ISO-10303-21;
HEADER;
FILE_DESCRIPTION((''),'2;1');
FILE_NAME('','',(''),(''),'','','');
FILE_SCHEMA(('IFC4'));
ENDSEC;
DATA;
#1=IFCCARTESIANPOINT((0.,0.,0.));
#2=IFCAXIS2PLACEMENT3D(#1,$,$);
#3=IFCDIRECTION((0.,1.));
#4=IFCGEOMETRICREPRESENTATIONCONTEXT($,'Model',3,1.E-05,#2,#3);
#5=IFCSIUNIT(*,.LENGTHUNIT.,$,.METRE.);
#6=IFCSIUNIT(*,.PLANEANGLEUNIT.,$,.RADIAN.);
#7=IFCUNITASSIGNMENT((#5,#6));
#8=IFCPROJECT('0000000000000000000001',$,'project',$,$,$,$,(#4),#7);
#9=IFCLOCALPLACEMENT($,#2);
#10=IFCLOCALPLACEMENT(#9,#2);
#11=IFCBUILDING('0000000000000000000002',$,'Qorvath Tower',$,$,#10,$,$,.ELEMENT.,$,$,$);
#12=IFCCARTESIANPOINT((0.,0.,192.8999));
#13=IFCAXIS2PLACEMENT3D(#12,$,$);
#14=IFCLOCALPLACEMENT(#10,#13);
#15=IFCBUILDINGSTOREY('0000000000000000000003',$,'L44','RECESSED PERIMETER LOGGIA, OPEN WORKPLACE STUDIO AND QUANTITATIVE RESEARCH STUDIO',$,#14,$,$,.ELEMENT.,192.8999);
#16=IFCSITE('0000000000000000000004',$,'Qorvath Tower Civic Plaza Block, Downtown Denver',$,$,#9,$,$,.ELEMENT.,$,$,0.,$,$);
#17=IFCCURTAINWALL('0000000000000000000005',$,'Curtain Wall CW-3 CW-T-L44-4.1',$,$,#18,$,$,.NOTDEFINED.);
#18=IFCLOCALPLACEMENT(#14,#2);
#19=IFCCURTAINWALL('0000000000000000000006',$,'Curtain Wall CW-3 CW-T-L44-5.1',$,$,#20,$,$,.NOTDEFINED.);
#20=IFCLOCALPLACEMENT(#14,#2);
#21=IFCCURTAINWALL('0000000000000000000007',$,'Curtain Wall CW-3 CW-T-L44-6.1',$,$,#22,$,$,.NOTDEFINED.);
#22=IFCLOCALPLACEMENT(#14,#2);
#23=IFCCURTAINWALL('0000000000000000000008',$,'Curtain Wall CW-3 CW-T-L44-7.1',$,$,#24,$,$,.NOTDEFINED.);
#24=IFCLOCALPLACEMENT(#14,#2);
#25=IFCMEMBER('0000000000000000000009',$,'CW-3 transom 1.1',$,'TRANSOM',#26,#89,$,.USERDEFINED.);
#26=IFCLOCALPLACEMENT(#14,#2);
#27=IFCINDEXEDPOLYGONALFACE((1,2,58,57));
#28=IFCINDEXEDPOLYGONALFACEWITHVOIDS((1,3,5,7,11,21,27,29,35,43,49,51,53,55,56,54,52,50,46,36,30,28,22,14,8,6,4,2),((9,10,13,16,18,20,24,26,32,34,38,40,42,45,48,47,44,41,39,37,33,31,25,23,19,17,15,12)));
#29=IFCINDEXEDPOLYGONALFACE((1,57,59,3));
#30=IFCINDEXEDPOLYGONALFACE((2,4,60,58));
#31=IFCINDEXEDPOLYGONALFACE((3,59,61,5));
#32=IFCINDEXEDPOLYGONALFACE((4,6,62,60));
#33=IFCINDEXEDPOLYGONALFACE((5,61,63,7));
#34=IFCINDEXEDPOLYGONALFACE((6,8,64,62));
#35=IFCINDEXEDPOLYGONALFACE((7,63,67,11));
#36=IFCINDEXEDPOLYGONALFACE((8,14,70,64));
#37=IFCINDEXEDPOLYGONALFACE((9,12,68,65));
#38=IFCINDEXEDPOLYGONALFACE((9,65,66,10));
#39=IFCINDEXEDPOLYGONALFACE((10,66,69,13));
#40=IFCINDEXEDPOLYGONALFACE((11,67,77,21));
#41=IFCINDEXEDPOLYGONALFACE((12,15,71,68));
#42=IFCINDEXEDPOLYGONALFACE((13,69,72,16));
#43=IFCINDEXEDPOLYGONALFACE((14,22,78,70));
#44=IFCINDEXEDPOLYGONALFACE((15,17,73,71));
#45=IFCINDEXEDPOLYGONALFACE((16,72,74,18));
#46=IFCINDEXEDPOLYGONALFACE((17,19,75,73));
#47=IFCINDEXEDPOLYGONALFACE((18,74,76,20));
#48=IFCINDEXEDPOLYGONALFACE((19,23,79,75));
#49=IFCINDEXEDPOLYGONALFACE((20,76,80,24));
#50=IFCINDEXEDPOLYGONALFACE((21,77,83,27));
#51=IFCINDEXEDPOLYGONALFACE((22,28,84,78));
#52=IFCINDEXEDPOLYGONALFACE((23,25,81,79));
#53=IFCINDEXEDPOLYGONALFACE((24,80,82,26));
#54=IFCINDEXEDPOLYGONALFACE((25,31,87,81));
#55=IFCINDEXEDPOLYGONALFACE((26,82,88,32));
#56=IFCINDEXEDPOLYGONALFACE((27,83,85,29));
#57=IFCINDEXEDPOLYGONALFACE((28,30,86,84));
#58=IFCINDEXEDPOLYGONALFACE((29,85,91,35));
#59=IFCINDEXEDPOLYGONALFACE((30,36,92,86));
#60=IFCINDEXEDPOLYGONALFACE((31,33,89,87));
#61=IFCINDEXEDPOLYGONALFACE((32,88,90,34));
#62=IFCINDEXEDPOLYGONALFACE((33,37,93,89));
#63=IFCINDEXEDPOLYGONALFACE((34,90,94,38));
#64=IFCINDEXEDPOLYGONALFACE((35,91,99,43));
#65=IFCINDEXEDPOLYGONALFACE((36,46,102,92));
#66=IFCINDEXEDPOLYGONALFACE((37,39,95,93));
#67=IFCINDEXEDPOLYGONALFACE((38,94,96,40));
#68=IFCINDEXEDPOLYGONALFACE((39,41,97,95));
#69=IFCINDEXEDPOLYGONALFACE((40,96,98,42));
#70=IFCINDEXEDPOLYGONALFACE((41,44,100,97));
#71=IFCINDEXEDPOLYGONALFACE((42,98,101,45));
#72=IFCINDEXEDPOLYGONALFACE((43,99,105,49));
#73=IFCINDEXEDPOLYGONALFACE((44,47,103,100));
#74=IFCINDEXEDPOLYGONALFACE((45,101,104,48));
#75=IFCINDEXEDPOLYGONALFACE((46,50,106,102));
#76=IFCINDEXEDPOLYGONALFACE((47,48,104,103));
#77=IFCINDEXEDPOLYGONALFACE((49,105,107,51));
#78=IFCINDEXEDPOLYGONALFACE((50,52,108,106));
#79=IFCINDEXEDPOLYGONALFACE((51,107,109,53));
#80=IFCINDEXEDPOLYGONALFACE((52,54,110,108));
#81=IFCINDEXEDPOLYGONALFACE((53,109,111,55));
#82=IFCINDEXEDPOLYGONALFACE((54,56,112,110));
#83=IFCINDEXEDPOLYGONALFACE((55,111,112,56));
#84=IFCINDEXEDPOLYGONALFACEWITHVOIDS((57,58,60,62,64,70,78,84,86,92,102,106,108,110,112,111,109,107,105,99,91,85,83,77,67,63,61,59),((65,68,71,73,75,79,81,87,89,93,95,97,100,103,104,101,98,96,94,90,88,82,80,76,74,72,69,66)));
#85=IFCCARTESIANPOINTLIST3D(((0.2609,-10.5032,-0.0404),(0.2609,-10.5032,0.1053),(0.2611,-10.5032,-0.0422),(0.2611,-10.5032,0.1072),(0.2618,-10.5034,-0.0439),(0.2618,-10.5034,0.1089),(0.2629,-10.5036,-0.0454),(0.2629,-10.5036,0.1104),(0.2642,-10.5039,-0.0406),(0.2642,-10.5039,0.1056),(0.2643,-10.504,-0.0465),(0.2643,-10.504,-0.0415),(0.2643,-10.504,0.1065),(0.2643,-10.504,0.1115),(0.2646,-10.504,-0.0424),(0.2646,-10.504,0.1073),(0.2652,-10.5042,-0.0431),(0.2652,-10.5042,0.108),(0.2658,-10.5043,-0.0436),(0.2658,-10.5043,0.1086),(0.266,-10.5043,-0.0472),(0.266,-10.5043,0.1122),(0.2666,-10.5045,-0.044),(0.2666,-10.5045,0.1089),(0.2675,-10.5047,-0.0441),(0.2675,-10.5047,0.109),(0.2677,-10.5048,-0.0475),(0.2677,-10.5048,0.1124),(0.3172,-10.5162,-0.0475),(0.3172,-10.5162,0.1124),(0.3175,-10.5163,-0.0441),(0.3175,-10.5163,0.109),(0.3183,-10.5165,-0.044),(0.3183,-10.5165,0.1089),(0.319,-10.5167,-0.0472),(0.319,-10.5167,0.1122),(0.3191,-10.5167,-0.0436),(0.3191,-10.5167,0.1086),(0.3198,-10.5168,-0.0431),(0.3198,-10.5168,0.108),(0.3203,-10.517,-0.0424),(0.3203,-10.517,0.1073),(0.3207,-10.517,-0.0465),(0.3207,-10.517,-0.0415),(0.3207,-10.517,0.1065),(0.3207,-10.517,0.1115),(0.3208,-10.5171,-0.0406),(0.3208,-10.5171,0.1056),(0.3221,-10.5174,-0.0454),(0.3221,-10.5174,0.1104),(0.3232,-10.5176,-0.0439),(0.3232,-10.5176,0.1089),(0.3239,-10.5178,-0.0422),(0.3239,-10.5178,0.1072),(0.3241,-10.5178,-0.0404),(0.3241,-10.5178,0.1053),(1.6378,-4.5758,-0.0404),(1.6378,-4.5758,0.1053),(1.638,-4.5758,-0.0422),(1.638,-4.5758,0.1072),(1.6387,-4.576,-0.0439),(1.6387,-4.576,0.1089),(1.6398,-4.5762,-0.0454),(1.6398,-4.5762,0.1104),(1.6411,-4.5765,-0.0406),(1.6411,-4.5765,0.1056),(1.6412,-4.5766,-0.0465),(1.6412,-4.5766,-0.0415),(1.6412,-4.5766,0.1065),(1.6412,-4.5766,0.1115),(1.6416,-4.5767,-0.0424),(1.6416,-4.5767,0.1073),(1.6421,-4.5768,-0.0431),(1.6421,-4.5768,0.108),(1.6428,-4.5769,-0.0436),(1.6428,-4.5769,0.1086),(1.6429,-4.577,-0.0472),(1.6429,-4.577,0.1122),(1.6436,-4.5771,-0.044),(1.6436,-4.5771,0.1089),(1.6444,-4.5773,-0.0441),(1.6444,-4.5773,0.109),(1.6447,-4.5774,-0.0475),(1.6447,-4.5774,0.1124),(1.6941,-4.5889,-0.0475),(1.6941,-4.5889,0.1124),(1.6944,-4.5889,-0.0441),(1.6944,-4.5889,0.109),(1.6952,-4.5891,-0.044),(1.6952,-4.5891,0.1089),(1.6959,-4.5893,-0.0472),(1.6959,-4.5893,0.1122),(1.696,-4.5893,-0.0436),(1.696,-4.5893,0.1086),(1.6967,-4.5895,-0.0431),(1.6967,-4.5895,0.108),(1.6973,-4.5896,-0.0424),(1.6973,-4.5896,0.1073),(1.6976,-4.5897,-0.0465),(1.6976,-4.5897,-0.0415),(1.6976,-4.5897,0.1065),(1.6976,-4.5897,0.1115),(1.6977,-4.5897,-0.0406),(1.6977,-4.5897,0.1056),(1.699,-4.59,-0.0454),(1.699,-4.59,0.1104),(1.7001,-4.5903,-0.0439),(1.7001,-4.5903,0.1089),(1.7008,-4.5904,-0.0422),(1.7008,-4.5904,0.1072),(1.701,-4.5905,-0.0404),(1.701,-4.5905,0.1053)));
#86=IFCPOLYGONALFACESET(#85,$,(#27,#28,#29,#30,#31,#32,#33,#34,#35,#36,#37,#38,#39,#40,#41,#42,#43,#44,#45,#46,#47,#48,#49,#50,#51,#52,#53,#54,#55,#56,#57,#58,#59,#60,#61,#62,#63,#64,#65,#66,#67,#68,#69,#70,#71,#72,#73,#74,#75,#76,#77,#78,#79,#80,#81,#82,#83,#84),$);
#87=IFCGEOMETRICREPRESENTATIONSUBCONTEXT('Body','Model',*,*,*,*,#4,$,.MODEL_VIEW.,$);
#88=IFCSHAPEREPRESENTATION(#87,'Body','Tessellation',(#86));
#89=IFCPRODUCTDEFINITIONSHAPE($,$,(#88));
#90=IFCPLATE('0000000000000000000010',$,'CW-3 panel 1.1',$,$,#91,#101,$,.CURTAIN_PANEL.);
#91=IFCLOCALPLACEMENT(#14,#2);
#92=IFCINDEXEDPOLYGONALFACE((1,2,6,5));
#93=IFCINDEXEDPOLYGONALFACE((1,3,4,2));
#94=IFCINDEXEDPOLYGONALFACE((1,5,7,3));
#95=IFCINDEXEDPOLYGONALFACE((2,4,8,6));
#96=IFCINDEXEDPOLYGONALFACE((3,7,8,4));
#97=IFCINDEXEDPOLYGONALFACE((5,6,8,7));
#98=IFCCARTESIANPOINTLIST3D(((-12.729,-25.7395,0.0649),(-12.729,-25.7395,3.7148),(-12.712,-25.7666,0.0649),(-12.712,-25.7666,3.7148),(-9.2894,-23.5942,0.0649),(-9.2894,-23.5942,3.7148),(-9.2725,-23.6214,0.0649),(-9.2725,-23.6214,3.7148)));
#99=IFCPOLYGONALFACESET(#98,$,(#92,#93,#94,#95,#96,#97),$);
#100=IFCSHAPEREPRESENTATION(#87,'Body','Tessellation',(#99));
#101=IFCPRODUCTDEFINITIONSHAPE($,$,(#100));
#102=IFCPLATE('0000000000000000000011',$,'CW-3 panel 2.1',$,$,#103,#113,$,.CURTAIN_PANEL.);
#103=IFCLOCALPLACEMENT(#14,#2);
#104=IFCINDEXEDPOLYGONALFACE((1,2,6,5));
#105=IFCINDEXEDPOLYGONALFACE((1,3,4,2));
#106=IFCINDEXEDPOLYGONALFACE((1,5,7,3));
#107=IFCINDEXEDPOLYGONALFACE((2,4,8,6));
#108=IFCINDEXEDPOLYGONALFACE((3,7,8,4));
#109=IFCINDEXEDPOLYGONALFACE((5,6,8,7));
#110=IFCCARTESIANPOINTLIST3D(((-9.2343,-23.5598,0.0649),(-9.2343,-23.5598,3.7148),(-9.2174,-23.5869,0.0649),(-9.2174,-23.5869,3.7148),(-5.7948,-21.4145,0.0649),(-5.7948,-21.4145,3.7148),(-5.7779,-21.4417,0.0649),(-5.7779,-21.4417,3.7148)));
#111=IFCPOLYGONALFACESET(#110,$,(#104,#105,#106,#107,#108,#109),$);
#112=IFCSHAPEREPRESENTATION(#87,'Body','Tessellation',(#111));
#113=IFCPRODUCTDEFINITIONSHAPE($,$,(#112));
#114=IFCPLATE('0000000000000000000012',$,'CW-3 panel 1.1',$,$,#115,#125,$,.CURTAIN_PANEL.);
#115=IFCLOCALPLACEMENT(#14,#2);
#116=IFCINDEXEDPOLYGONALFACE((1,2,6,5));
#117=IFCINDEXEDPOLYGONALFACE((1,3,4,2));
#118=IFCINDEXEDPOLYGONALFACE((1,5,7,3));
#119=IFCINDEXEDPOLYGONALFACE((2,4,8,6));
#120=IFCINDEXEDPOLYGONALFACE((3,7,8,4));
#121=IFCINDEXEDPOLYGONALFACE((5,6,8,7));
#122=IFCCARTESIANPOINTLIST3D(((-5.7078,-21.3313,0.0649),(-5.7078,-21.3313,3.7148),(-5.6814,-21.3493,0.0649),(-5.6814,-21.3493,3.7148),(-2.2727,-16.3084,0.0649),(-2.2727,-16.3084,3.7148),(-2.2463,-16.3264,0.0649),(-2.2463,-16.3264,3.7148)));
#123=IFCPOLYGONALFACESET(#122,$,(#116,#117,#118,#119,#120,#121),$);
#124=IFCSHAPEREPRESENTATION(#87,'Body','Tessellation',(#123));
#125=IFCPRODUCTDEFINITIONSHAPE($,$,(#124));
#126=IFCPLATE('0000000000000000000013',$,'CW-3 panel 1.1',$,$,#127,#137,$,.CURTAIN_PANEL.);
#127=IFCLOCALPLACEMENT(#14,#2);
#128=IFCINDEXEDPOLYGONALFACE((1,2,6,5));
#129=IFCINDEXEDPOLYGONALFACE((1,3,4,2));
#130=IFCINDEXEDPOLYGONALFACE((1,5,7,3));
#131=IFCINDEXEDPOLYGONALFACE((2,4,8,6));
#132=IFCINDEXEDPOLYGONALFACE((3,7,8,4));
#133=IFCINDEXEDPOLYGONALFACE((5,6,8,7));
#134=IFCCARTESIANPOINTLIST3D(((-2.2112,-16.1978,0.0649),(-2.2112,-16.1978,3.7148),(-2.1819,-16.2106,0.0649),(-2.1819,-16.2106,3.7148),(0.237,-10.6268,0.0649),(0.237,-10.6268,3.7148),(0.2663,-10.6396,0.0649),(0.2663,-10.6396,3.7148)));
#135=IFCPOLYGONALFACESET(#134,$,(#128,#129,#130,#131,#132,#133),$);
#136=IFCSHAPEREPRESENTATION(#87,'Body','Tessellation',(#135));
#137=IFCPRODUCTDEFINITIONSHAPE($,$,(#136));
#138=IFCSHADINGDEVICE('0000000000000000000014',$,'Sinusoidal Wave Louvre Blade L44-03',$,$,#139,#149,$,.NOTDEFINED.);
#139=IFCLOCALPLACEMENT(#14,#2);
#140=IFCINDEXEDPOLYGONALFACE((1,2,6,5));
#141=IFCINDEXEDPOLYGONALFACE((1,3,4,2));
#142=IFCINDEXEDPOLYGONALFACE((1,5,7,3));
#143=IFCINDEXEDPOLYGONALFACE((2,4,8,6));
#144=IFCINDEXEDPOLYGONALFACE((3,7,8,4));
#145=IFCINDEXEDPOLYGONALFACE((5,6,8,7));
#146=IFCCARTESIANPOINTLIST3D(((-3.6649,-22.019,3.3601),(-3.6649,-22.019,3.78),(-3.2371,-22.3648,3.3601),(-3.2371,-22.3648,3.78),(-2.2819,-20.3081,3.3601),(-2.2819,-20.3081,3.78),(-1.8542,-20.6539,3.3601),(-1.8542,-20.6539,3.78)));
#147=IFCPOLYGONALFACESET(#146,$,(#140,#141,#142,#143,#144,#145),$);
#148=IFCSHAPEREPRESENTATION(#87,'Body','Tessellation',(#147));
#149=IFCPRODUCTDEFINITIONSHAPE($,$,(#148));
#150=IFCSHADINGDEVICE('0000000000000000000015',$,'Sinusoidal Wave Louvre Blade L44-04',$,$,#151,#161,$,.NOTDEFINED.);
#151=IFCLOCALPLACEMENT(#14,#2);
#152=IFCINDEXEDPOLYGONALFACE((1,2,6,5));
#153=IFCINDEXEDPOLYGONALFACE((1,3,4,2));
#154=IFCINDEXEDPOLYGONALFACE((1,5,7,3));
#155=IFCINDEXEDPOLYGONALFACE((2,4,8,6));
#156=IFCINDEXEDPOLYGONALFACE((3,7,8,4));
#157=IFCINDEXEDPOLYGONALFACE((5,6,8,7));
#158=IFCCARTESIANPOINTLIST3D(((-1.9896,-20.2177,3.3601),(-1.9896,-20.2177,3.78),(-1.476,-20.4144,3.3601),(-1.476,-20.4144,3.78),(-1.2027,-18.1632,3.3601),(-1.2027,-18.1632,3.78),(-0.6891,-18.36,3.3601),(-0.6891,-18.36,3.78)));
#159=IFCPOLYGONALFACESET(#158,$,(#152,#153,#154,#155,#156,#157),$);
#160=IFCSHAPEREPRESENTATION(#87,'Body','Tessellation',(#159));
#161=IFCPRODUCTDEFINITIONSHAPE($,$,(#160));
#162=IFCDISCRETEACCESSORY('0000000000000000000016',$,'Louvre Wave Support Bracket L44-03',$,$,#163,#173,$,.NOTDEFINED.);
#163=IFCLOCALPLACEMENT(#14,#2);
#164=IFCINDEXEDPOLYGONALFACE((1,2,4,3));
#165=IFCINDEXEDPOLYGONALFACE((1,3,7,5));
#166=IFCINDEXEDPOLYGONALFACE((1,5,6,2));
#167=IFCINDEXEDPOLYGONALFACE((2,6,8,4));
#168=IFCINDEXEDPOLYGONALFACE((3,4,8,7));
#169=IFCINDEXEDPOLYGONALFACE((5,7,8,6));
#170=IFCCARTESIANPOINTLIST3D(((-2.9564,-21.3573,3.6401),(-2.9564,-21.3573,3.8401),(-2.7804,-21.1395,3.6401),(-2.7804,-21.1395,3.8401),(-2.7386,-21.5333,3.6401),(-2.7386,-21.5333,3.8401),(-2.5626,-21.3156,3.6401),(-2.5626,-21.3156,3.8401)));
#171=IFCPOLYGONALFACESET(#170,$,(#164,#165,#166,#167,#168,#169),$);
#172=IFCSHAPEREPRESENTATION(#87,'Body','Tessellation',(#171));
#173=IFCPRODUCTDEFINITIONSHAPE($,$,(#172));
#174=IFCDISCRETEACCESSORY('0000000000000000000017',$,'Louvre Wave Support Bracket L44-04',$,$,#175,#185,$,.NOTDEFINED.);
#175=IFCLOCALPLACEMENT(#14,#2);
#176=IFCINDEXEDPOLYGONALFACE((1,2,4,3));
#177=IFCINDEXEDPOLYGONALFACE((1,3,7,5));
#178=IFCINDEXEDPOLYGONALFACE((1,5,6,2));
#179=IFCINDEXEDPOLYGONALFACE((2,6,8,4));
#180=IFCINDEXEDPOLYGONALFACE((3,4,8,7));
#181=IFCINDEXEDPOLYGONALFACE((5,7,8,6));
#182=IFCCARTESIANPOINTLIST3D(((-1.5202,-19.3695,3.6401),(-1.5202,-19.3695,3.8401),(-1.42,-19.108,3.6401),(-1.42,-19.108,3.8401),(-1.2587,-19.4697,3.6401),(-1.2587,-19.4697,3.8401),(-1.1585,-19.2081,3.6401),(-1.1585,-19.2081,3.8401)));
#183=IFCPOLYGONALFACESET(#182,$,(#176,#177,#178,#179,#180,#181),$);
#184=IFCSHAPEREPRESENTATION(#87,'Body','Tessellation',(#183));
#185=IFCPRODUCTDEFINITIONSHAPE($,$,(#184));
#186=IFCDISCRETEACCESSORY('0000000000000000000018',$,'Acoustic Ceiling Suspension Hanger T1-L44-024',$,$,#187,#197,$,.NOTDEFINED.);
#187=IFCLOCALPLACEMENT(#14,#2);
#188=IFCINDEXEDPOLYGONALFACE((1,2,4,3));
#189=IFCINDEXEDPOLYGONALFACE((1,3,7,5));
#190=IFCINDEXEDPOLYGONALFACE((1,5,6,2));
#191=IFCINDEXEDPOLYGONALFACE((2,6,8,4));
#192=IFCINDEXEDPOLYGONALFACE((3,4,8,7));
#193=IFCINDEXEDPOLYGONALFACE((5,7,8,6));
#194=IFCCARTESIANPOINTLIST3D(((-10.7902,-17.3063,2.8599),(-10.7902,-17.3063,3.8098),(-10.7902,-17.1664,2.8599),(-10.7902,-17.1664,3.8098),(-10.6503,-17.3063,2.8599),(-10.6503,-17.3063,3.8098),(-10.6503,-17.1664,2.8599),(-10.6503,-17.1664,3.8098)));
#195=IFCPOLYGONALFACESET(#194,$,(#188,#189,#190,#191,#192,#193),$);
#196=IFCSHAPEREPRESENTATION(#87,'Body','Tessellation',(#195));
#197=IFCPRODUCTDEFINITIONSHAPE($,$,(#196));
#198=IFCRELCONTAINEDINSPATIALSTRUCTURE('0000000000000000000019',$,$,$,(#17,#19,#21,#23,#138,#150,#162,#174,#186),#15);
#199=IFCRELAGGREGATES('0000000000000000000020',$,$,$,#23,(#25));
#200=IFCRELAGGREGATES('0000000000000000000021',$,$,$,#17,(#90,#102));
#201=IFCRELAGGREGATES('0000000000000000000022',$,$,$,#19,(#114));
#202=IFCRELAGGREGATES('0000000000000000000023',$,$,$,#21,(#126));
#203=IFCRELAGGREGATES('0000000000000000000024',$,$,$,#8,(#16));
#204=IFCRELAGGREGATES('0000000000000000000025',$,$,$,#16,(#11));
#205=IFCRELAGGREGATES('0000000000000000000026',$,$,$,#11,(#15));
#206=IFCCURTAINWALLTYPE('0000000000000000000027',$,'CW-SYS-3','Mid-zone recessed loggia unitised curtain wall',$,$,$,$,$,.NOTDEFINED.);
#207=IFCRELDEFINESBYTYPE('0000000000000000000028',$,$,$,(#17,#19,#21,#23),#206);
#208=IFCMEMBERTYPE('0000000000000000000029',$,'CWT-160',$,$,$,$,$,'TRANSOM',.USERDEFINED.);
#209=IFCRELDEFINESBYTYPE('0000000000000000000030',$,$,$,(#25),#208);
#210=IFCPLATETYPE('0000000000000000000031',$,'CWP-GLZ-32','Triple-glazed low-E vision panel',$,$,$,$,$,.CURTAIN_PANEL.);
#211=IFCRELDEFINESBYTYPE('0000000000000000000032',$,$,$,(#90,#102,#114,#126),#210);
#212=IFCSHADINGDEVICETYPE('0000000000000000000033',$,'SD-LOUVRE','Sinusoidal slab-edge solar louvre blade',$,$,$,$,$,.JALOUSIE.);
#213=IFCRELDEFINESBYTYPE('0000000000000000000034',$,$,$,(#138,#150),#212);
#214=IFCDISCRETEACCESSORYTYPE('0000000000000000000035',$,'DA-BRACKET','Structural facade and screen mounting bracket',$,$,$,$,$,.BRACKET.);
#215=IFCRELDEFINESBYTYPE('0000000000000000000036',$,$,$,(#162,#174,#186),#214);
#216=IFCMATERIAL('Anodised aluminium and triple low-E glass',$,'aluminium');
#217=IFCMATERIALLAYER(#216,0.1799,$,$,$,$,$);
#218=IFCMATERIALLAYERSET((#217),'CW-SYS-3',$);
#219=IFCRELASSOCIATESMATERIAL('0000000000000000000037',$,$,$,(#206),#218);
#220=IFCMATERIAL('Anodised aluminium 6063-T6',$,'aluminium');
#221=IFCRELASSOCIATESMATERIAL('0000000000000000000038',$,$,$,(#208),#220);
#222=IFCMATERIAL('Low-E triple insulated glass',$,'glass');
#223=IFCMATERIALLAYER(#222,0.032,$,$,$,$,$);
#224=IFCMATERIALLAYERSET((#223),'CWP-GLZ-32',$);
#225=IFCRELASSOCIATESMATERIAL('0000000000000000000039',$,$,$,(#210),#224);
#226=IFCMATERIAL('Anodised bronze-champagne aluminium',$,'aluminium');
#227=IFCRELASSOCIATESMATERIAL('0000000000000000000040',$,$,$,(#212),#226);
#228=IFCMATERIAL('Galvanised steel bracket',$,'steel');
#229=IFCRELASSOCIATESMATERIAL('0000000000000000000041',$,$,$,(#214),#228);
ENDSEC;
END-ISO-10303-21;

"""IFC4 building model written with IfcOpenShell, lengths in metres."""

from ifc_helpers import new_model, si_unit, direction, frame, origin, origin_2d, place, context, subcontext, project, spatial, rectangle, hollow_rectangle, extrude, material, layer, layer_set, material_profile, profile_set, type_object, element, aggregate, save


model = new_model("IFC4")

# Units and contexts
model_context = context("Model", 3, precision=1e-05, world=origin(), true_north=direction((0.0, 1.0)))
body_context = subcontext(model_context, "Body", "Model", "MODEL_VIEW")
ifc_project = project(units=[si_unit("LENGTHUNIT", "METRE"), si_unit("PLANEANGLEUNIT", "RADIAN")], contexts=[model_context])

# Site, building, storey
site_placement = place(None, origin())
site = spatial("IfcSite", under=ifc_project, at=site_placement, Name="Qorvath Tower Civic Plaza Block, Downtown Denver", CompositionType="ELEMENT", RefElevation=0.0)
building_placement = place(site_placement, origin())
building = spatial("IfcBuilding", under=site, at=building_placement, Name="Qorvath Tower", CompositionType="ELEMENT")
storey_placement = place(building_placement, frame((0.0, 0.0, 192.8999)))
storey = spatial("IfcBuildingStorey", under=building, at=storey_placement, Name="L44", Description="RECESSED PERIMETER LOGGIA, OPEN WORKPLACE STUDIO AND QUANTITATIVE RESEARCH STUDIO", CompositionType="ELEMENT", Elevation=192.8999)

# Curtain walls
ifc_material_1 = material(Name="Anodised aluminium and triple low-E glass", Category="aluminium")
ifc_layer_1 = layer(ifc_material_1, 0.1799)
ifc_layer_set_1 = layer_set([ifc_layer_1], Name="CW-SYS-3")
curtain_wall_type = type_object("IfcCurtainWallType", Name="CW-SYS-3", Description="Mid-zone recessed loggia unitised curtain wall", PredefinedType="NOTDEFINED", material=ifc_layer_set_1)
curtain_wall_1_placement = place(storey_placement, origin())
curtain_wall_1 = element("IfcCurtainWall", 1, at=curtain_wall_1_placement, inside=storey, type_object=curtain_wall_type, Name="Curtain Wall CW-3 CW-T-L44-4.1", PredefinedType="NOTDEFINED")
curtain_wall_2_placement = place(storey_placement, origin())
curtain_wall_2 = element("IfcCurtainWall", 2, at=curtain_wall_2_placement, inside=storey, type_object=curtain_wall_type, Name="Curtain Wall CW-3 CW-T-L44-5.1", PredefinedType="NOTDEFINED")
curtain_wall_3_placement = place(storey_placement, origin())
curtain_wall_3 = element("IfcCurtainWall", 3, at=curtain_wall_3_placement, inside=storey, type_object=curtain_wall_type, Name="Curtain Wall CW-3 CW-T-L44-6.1", PredefinedType="NOTDEFINED")

# Curtain wall
curtain_wall_4_placement = place(storey_placement, origin())
curtain_wall_4 = element("IfcCurtainWall", 4, at=curtain_wall_4_placement, inside=storey, type_object=curtain_wall_type, Name="Curtain Wall CW-3 CW-T-L44-7.1", PredefinedType="NOTDEFINED")

# Member
ifc_material_2 = material(Name="Anodised aluminium 6063-T6", Category="aluminium")
ifc_material_profile_1 = material_profile(ifc_material_2, hollow_rectangle(XDim=0.0649, YDim=0.1599, WallThickness=0.0034, InnerFilletRadius=0.0034, OuterFilletRadius=0.0071, at=origin_2d()), Name="CWT 160x65")
ifc_profile_set_1 = profile_set([ifc_material_profile_1], Name="Anodised aluminium 6063-T6")
member_type_1 = type_object("IfcMemberType", Name="CWT-160", ElementType="TRANSOM", PredefinedType="USERDEFINED", material=ifc_profile_set_1)
member_1_placement = place(storey_placement, frame((0.2925, -10.5105, 0.0325), z_axis=(0.226274, 0.974064, 0.0), x_axis=(-0.974064, 0.226274, 0.0)))
member_1 = element("IfcMember", 5, at=member_1_placement, type_object=member_type_1, Name="CW-3 transom 1.1", ObjectType="TRANSOM", PredefinedType="USERDEFINED", context=body_context, shape_type="SweptSolid", body=[
    extrude(hollow_rectangle(XDim=0.0649, YDim=0.1599, WallThickness=0.0034, InnerFilletRadius=0.0034, OuterFilletRadius=0.0071, at=origin_2d()), origin(), (0.0, 0.0, 1.0), 6.0852),
])
aggregate(curtain_wall_4, [member_1])

# Plates
ifc_material_3 = material(Name="Low-E triple insulated glass", Category="glass")
ifc_layer_2 = layer(ifc_material_3, 0.032)
ifc_layer_set_2 = layer_set([ifc_layer_2], Name="CWP-GLZ-32")
plate_type = type_object("IfcPlateType", Name="CWP-GLZ-32", Description="Triple-glazed low-E vision panel", PredefinedType="CURTAIN_PANEL", material=ifc_layer_set_2)
plate_1_placement = place(storey_placement, frame((-11.0007, -24.6804, 0.0649), z_axis=(0.0, 0.0, 1.0), x_axis=(0.848493, 0.529206, 0.0)))
plate_1 = element("IfcPlate", 6, at=plate_1_placement, type_object=plate_type, Name="CW-3 panel 1.1", PredefinedType="CURTAIN_PANEL", context=body_context, shape_type="SweptSolid", body=[
    extrude(rectangle(XDim=4.0537, YDim=0.032, at=origin_2d()), origin(), (0.0, 0.0, 1.0), 3.6499),
])
plate_2_placement = place(storey_placement, frame((-7.5061, -22.5007, 0.0649), z_axis=(0.0, 0.0, 1.0), x_axis=(0.848493, 0.529206, 0.0)))
plate_2 = element("IfcPlate", 7, at=plate_2_placement, type_object=plate_type, Name="CW-3 panel 2.1", PredefinedType="CURTAIN_PANEL", context=body_context, shape_type="SweptSolid", body=[
    extrude(rectangle(XDim=4.0537, YDim=0.032, at=origin_2d()), origin(), (0.0, 0.0, 1.0), 3.6499),
])
aggregate(curtain_wall_1, [plate_1, plate_2])
plate_3_placement = place(storey_placement, frame((-3.9771, -18.8289, 0.0649), z_axis=(0.0, 0.0, 1.0), x_axis=(0.564512, 0.825425, 0.0)))
plate_3 = element("IfcPlate", 8, at=plate_3_placement, type_object=plate_type, Name="CW-3 panel 1.1", PredefinedType="CURTAIN_PANEL", context=body_context, shape_type="SweptSolid", body=[
    extrude(rectangle(XDim=6.0852, YDim=0.032, at=origin_2d()), origin(), (0.0, 0.0, 1.0), 3.6499),
])
aggregate(curtain_wall_2, [plate_3])
plate_4_placement = place(storey_placement, frame((-0.9724, -13.4187, 0.0649), z_axis=(0.0, 0.0, 1.0), x_axis=(0.402321, 0.915499, 0.0)))
plate_4 = element("IfcPlate", 9, at=plate_4_placement, type_object=plate_type, Name="CW-3 panel 1.1", PredefinedType="CURTAIN_PANEL", context=body_context, shape_type="SweptSolid", body=[
    extrude(rectangle(XDim=6.0852, YDim=0.032, at=origin_2d()), origin(), (0.0, 0.0, 1.0), 3.6499),
])
aggregate(curtain_wall_3, [plate_4])

# Shading devices
ifc_material_4 = material(Name="Anodised bronze-champagne aluminium", Category="aluminium")
shading_device_type = type_object("IfcShadingDeviceType", Name="SD-LOUVRE", Description="Sinusoidal slab-edge solar louvre blade", PredefinedType="JALOUSIE", material=ifc_material_4)
for number, where, z_axis, x_axis, name in (
    (10, (-2.7595, -21.3364, 3.3601), (0.0, 0.0, 1.0), (0.628628, 0.777706, 0.0), "Sinusoidal Wave Louvre Blade L44-03"),
    (11, (-1.3394, -19.2888, 3.3601), (0.0, 0.0, 1.0), (0.357684, 0.933843, 0.0), "Sinusoidal Wave Louvre Blade L44-04"),
):
    element("IfcShadingDevice", number, at=place(storey_placement, frame(where, z_axis=z_axis, x_axis=x_axis)), inside=storey, type_object=shading_device_type, Name=name, PredefinedType="NOTDEFINED", context=body_context, shape_type="SweptSolid", body=[
        extrude(rectangle(XDim=2.2, YDim=0.55, at=origin_2d()), origin(), (0.0, 0.0, 1.0), 0.4199),
    ])

# Discrete accessories
ifc_material_5 = material(Name="Galvanised steel bracket", Category="steel")
discrete_accessory_type = type_object("IfcDiscreteAccessoryType", Name="DA-BRACKET", Description="Structural facade and screen mounting bracket", PredefinedType="BRACKET", material=ifc_material_5)
for number, where, z_axis, x_axis, name in (
    (12, (-2.7595, -21.3364, 3.6401), (0.0, 0.0, 1.0), (0.628628, 0.777706, 0.0), "Louvre Wave Support Bracket L44-03"),
    (13, (-1.3394, -19.2888, 3.6401), (0.0, 0.0, 1.0), (0.357684, 0.933843, 0.0), "Louvre Wave Support Bracket L44-04"),
):
    element("IfcDiscreteAccessory", number, at=place(storey_placement, frame(where, z_axis=z_axis, x_axis=x_axis)), inside=storey, type_object=discrete_accessory_type, Name=name, PredefinedType="NOTDEFINED", context=body_context, shape_type="SweptSolid", body=[
        extrude(rectangle(XDim=0.28, YDim=0.28, at=origin_2d()), origin(), (0.0, 0.0, 1.0), 0.2),
    ])
discrete_accessory_placement = place(storey_placement, frame((-10.7202, -17.2363, 2.8599), z_axis=(0.0, 0.0, 1.0), x_axis=(1.0, 0.0, 0.0)))
element("IfcDiscreteAccessory", 14, at=discrete_accessory_placement, inside=storey, type_object=discrete_accessory_type, Name="Acoustic Ceiling Suspension Hanger T1-L44-024", PredefinedType="NOTDEFINED", context=body_context, shape_type="SweptSolid", body=[
    extrude(rectangle(XDim=0.1399, YDim=0.1399, at=origin_2d()), origin(), (0.0, 0.0, 1.0), 0.95),
])

save(model, "model.ifc")
